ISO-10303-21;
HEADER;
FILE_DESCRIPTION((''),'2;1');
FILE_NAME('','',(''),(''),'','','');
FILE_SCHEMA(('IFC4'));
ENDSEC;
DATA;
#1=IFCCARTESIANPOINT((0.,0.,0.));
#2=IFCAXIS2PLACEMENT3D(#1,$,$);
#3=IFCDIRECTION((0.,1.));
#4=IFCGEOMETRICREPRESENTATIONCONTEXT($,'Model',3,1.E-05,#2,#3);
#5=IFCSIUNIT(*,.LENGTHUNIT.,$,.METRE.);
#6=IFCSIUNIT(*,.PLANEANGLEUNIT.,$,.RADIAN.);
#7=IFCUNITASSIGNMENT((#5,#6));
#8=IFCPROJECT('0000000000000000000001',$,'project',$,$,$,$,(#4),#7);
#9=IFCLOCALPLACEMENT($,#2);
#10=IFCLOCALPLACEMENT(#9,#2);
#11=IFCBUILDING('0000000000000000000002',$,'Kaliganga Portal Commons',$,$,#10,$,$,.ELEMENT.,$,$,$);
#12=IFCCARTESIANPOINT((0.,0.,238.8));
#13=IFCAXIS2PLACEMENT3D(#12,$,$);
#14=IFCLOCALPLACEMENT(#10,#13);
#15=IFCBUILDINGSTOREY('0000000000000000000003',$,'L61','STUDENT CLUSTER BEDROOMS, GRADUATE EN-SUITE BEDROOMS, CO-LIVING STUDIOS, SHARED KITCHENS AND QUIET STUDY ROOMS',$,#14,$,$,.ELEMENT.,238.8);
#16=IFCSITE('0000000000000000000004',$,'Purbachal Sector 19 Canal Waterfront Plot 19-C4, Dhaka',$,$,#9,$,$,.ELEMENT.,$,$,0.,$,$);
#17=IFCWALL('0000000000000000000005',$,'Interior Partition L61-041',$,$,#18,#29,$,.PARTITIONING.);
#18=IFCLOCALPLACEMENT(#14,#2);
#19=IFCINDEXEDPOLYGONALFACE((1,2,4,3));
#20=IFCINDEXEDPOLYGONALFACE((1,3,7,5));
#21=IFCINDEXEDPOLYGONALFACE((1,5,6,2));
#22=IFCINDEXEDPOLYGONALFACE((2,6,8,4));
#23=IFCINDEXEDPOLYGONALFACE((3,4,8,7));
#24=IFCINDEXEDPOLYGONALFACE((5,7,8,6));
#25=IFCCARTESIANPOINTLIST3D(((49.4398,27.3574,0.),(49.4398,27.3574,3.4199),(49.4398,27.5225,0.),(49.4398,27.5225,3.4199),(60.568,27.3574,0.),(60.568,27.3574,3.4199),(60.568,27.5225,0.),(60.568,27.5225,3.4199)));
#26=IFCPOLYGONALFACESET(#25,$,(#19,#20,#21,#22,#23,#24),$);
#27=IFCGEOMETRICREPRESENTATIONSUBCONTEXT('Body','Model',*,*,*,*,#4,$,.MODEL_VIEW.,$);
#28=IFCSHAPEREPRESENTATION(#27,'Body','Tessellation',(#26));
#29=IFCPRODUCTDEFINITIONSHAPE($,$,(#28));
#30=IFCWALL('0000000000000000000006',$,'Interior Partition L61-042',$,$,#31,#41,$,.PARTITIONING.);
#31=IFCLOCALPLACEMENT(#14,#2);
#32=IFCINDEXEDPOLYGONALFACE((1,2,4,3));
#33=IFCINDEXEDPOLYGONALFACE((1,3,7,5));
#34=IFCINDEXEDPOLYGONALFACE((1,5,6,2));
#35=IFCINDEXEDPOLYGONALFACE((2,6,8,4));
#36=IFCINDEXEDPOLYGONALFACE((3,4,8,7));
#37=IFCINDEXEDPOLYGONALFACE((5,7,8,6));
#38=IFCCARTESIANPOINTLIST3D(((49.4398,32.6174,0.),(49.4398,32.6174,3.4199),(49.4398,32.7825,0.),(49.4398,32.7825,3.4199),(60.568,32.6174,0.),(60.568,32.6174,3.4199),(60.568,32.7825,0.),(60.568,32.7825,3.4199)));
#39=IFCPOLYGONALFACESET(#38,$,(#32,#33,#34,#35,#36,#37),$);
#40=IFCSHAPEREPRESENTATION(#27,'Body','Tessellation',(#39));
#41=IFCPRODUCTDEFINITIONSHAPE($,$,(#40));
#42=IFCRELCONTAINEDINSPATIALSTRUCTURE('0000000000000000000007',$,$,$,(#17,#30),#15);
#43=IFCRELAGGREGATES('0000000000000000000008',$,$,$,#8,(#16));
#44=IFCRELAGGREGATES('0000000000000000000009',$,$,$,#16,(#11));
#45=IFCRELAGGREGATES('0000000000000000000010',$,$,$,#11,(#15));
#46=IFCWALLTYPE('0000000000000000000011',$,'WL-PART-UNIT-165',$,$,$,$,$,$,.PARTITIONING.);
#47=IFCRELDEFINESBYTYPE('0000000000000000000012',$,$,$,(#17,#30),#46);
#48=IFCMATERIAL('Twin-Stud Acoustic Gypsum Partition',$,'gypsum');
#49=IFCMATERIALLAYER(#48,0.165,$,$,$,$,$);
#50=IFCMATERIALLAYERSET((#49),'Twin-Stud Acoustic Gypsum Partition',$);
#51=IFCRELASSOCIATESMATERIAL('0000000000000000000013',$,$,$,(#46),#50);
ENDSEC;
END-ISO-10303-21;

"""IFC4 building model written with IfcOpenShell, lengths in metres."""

from ifc_helpers import new_model, si_unit, direction, frame, frame_2d, origin, place, context, subcontext, project, spatial, rectangle, extrude, material, layer, layer_set, type_object, element, save


model = new_model("IFC4")

# Units and contexts
model_context = context("Model", 3, precision=1e-05, world=origin(), true_north=direction((0.0, 1.0)))
body_context = subcontext(model_context, "Body", "Model", "MODEL_VIEW")
ifc_project = project(units=[si_unit("LENGTHUNIT", "METRE"), si_unit("PLANEANGLEUNIT", "RADIAN")], contexts=[model_context])

# Site, building, storey
site_placement = place(None, origin())
site = spatial("IfcSite", under=ifc_project, at=site_placement, Name="Purbachal Sector 19 Canal Waterfront Plot 19-C4, Dhaka", CompositionType="ELEMENT", RefElevation=0.0)
building_placement = place(site_placement, origin())
building = spatial("IfcBuilding", under=site, at=building_placement, Name="Kaliganga Portal Commons", CompositionType="ELEMENT")
storey_placement = place(building_placement, frame((0.0, 0.0, 238.8)))
storey = spatial("IfcBuildingStorey", under=building, at=storey_placement, Name="L61", Description="STUDENT CLUSTER BEDROOMS, GRADUATE EN-SUITE BEDROOMS, CO-LIVING STUDIOS, SHARED KITCHENS AND QUIET STUDY ROOMS", CompositionType="ELEMENT", Elevation=238.8)

# Walls
ifc_material_1 = material(Name="Twin-Stud Acoustic Gypsum Partition", Category="gypsum")
ifc_layer_1 = layer(ifc_material_1, 0.165)
ifc_layer_set_1 = layer_set([ifc_layer_1], Name="Twin-Stud Acoustic Gypsum Partition")
wall_type_1 = type_object("IfcWallType", Name="WL-PART-UNIT-165", PredefinedType="PARTITIONING", material=ifc_layer_set_1)
for number, where, z_axis, x_axis, name in (
    (1, (49.4399, 27.4399, 0.0), (0.0, 0.0, 1.0), (1.0, 0.0, 0.0), "Interior Partition L61-041"),
    (2, (49.4399, 32.7, 0.0), (0.0, 0.0, 1.0), (1.0, 0.0, 0.0), "Interior Partition L61-042"),
):
    element("IfcWall", number, at=place(storey_placement, frame(where, z_axis=z_axis, x_axis=x_axis)), inside=storey, type_object=wall_type_1, Name=name, PredefinedType="PARTITIONING", context=body_context, shape_type="SweptSolid", body=[
        extrude(rectangle(XDim=11.1282, YDim=0.165, at=frame_2d((5.564, 0.0))), origin(), (0.0, 0.0, 1.0), 3.4199),
    ])

save(model, "model.ifc")
